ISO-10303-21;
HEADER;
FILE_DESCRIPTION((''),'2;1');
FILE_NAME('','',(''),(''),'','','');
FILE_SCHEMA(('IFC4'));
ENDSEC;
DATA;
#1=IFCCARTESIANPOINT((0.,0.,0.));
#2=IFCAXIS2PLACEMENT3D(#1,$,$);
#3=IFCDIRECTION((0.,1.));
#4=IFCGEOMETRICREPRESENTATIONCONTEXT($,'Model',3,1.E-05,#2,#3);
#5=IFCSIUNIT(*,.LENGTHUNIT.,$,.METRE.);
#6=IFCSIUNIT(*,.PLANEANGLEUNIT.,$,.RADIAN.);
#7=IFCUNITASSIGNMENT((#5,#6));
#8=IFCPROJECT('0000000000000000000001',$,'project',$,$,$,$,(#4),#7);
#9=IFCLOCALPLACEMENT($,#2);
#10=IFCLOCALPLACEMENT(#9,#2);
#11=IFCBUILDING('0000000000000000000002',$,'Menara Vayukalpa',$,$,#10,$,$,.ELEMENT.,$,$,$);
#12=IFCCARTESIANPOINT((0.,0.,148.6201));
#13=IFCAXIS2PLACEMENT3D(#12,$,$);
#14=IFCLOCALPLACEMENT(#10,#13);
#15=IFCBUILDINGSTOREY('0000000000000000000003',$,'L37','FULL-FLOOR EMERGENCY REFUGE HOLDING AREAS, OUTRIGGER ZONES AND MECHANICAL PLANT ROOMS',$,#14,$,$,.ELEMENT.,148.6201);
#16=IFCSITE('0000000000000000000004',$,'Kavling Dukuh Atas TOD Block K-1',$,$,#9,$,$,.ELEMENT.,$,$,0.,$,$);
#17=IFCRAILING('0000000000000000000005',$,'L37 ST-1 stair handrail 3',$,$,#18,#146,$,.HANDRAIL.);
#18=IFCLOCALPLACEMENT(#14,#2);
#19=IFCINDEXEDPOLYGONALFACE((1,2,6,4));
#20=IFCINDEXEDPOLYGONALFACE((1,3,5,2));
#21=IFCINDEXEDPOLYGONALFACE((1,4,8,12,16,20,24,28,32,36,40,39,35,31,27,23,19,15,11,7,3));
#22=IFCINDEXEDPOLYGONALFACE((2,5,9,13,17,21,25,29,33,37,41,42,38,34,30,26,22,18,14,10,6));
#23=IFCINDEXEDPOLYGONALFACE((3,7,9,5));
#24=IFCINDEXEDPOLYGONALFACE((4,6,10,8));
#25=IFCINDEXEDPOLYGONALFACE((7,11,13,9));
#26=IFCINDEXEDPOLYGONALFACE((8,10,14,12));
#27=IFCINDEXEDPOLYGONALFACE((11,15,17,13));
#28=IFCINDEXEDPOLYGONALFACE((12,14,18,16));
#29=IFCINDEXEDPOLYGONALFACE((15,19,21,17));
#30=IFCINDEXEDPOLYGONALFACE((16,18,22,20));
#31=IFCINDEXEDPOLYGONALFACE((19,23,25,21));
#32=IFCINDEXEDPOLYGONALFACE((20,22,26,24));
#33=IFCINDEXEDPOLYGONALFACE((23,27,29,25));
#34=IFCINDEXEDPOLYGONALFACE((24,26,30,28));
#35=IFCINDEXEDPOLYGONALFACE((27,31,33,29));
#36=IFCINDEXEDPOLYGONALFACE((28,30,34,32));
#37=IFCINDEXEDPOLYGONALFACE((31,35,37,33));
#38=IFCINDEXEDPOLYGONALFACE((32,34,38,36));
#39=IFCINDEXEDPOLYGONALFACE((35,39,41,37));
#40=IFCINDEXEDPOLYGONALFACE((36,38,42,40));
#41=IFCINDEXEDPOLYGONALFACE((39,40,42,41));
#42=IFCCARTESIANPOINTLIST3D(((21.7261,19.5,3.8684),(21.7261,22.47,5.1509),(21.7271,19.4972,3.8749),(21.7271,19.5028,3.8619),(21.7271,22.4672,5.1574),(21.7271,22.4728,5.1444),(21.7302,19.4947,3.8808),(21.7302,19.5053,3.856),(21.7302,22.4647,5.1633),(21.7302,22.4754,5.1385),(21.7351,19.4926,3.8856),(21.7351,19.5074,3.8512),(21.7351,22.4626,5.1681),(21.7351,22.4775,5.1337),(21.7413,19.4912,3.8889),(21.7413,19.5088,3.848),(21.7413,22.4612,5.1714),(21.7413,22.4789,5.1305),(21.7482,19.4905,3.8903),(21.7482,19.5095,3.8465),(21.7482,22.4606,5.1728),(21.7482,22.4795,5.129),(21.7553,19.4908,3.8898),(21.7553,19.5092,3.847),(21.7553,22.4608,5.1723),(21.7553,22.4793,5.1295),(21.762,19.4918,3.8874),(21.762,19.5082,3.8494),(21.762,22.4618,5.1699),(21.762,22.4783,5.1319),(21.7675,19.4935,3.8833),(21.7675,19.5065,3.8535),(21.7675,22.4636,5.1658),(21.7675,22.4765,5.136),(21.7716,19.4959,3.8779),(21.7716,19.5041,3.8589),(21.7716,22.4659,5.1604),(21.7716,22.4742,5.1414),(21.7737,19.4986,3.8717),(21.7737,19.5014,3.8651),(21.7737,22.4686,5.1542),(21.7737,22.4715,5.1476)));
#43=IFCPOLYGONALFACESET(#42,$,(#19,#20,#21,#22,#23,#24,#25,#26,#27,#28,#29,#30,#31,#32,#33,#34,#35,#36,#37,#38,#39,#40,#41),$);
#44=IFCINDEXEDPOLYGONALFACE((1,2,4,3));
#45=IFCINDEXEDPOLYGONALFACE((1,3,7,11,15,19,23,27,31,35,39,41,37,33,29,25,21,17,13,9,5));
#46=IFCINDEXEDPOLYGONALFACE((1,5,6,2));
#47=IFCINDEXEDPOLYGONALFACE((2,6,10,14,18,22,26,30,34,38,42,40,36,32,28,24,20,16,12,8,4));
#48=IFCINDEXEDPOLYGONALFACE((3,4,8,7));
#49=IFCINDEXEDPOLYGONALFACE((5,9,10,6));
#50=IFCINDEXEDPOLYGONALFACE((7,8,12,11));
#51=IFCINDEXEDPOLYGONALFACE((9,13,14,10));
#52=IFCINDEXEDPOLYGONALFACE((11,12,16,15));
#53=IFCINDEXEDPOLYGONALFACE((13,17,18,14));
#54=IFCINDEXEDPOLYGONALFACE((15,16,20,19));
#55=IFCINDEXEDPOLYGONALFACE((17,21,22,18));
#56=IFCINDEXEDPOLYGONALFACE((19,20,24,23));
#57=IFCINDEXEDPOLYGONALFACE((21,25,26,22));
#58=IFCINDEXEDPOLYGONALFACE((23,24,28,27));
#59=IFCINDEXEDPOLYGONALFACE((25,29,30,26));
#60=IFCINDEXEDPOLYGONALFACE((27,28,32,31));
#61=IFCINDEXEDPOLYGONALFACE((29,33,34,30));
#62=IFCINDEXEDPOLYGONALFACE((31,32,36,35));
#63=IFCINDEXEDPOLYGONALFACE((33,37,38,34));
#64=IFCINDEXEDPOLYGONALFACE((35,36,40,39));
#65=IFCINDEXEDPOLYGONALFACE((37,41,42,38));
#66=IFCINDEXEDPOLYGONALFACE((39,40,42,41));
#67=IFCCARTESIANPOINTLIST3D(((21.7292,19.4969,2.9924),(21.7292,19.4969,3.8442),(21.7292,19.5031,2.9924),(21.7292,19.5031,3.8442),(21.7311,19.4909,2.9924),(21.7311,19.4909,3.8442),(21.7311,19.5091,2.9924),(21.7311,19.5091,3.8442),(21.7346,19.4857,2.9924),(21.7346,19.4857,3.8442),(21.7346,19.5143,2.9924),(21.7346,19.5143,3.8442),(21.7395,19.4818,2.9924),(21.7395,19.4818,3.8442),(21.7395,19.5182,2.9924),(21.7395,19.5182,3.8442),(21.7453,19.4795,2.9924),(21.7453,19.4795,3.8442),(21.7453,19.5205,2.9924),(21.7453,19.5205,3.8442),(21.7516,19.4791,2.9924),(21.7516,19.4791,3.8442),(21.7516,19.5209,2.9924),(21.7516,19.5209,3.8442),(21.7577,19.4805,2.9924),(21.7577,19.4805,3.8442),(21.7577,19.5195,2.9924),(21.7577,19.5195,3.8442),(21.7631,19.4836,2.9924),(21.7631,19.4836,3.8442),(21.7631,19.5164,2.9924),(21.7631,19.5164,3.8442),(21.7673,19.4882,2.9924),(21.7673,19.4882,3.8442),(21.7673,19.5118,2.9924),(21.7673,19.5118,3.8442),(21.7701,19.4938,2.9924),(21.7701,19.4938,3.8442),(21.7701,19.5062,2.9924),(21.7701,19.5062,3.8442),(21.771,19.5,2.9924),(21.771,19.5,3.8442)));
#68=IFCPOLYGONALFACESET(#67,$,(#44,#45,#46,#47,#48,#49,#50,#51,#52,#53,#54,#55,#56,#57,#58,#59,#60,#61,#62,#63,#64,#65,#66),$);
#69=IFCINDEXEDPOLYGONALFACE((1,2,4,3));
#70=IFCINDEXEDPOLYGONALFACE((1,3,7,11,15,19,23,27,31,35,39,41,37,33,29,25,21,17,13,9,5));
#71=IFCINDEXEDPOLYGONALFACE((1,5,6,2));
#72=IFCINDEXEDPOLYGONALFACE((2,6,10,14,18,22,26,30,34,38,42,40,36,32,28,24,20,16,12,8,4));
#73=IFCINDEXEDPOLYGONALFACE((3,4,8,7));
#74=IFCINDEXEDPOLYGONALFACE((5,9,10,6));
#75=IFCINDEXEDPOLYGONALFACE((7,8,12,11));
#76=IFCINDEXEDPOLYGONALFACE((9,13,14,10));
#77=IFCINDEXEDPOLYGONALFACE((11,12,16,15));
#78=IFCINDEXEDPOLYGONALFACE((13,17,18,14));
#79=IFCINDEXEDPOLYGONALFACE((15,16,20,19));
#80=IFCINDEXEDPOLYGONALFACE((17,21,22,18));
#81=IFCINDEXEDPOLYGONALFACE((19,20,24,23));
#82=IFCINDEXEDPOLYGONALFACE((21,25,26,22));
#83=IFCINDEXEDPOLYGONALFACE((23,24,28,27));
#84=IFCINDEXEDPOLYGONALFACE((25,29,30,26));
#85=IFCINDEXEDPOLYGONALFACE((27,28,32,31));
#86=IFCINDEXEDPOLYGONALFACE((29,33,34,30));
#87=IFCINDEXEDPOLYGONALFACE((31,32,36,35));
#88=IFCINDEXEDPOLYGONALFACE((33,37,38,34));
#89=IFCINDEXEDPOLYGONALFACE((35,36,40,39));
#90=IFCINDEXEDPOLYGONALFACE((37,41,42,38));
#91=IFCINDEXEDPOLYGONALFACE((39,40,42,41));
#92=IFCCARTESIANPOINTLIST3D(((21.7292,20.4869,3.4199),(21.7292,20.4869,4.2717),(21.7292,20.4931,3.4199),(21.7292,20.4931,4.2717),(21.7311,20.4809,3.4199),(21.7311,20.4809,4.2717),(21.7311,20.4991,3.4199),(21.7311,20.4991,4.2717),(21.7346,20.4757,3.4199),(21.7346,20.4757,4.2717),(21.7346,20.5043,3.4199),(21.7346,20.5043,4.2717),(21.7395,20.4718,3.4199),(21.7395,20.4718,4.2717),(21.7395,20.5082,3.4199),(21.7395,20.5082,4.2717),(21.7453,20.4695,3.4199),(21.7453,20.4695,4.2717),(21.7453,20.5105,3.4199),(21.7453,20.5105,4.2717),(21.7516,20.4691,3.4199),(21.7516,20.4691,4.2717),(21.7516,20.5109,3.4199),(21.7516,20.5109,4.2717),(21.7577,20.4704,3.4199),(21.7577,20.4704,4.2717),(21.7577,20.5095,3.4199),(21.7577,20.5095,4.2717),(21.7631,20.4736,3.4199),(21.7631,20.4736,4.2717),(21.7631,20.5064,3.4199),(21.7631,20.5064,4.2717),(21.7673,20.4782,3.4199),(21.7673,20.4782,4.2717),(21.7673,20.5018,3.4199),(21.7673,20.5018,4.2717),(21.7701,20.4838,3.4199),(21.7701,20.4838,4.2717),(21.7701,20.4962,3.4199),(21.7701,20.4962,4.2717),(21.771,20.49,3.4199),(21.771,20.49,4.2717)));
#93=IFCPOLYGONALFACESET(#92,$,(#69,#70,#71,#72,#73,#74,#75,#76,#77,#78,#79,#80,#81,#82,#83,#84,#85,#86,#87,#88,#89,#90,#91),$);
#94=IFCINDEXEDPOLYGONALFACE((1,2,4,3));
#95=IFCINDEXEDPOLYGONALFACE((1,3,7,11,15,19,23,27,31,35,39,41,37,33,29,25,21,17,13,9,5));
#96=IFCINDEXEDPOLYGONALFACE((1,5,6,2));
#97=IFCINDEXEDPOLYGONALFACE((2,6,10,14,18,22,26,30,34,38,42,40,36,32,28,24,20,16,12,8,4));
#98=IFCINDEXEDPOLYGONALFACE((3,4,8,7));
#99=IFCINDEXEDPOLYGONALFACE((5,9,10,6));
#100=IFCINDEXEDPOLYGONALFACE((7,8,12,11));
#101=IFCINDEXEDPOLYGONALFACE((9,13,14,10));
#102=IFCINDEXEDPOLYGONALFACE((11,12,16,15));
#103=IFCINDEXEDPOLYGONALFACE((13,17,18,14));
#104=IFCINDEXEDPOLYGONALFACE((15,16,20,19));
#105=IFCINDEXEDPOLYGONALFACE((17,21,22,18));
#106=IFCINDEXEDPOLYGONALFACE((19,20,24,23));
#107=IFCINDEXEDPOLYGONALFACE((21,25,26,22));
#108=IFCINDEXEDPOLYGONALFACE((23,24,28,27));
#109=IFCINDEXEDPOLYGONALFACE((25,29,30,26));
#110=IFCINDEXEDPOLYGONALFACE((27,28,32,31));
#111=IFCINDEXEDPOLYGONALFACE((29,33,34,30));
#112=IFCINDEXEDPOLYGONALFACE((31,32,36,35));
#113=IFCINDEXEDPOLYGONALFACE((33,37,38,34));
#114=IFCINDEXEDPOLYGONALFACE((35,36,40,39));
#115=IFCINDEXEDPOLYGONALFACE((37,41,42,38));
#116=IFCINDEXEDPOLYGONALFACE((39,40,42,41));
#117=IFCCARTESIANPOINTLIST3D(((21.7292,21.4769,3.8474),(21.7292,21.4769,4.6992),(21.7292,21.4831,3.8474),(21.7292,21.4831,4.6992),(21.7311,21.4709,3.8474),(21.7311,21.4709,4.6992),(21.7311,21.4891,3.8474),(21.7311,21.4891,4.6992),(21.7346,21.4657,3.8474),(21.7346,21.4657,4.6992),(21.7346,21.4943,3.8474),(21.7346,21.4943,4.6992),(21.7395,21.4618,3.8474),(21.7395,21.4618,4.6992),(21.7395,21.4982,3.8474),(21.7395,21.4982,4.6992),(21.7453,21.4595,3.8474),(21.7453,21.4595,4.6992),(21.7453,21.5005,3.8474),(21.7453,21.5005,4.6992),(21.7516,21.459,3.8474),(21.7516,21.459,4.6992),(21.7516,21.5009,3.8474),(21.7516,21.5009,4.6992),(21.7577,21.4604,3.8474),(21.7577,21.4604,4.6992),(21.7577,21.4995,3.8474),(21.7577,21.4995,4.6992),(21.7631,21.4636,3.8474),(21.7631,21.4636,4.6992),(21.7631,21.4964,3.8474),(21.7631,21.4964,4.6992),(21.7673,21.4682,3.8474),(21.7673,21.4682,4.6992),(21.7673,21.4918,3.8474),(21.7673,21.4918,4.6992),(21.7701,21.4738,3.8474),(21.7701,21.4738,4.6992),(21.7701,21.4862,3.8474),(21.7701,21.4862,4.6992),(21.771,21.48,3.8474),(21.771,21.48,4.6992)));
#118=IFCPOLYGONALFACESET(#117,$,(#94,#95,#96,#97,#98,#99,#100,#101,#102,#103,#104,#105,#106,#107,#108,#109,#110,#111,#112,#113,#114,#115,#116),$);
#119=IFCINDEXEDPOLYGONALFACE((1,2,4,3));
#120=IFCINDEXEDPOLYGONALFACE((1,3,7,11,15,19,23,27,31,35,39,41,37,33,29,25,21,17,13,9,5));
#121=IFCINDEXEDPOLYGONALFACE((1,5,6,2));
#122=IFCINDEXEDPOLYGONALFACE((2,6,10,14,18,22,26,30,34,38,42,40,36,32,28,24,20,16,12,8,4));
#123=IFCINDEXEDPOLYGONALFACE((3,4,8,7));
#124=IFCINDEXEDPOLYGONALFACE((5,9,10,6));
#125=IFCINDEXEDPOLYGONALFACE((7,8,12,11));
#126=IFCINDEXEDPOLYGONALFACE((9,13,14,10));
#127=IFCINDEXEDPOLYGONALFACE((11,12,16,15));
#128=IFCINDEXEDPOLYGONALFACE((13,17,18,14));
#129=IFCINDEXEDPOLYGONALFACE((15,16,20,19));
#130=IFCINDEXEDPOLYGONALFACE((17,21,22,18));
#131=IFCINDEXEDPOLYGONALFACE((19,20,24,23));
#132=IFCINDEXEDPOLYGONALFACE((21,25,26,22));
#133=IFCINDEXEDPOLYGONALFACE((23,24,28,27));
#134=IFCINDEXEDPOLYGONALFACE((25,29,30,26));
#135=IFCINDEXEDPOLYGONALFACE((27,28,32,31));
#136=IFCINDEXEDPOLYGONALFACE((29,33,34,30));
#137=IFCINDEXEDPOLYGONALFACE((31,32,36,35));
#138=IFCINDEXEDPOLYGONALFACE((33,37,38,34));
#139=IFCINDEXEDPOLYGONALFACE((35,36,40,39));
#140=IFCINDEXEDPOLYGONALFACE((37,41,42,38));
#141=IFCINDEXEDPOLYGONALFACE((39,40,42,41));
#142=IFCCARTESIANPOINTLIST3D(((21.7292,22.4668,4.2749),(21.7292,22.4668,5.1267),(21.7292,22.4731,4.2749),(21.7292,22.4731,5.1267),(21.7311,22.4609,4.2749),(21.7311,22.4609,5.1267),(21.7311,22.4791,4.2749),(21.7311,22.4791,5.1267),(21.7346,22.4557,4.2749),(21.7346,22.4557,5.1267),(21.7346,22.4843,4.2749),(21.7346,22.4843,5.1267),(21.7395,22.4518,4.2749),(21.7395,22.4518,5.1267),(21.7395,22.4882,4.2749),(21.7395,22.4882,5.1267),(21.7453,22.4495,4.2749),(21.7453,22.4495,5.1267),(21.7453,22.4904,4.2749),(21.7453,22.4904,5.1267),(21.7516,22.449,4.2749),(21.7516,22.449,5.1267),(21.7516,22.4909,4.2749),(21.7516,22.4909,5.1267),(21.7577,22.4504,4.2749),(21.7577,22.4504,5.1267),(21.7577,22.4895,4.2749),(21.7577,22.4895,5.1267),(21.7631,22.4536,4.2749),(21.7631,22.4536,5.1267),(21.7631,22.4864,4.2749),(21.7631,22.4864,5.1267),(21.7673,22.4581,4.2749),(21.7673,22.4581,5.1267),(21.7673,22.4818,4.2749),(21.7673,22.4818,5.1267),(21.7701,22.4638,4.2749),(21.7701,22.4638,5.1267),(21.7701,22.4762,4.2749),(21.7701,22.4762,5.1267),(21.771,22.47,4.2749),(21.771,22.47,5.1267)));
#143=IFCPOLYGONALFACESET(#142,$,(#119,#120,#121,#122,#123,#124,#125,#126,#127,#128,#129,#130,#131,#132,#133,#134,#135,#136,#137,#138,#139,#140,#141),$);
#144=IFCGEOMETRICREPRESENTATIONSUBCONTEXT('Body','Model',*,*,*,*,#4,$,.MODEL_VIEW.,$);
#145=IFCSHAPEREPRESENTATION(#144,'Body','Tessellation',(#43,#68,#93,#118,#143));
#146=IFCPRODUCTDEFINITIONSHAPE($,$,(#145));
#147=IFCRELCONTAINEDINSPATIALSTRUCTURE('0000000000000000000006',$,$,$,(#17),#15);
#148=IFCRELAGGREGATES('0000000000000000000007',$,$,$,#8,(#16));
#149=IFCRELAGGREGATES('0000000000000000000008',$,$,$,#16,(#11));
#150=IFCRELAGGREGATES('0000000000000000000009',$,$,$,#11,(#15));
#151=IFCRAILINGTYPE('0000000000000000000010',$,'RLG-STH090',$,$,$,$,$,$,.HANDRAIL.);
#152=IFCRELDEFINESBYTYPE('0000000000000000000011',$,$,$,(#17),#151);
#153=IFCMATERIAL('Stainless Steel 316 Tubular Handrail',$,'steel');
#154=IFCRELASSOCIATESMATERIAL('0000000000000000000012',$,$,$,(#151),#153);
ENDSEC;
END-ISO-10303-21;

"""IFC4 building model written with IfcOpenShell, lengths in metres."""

from ifc_helpers import new_model, si_unit, direction, frame, origin, origin_2d, place, context, subcontext, project, spatial, circle, extrude, material, type_object, element, save


model = new_model("IFC4")

# Units and contexts
model_context = context("Model", 3, precision=1e-05, world=origin(), true_north=direction((0.0, 1.0)))
body_context = subcontext(model_context, "Body", "Model", "MODEL_VIEW")
ifc_project = project(units=[si_unit("LENGTHUNIT", "METRE"), si_unit("PLANEANGLEUNIT", "RADIAN")], contexts=[model_context])

# Site, building, storey
site_placement = place(None, origin())
site = spatial("IfcSite", under=ifc_project, at=site_placement, Name="Kavling Dukuh Atas TOD Block K-1", CompositionType="ELEMENT", RefElevation=0.0)
building_placement = place(site_placement, origin())
building = spatial("IfcBuilding", under=site, at=building_placement, Name="Menara Vayukalpa", CompositionType="ELEMENT")
storey_placement = place(building_placement, frame((0.0, 0.0, 148.6201)))
storey = spatial("IfcBuildingStorey", under=building, at=storey_placement, Name="L37", Description="FULL-FLOOR EMERGENCY REFUGE HOLDING AREAS, OUTRIGGER ZONES AND MECHANICAL PLANT ROOMS", CompositionType="ELEMENT", Elevation=148.6201)

# Railing
ifc_material_1 = material(Name="Stainless Steel 316 Tubular Handrail", Category="steel")
railing_type_1 = type_object("IfcRailingType", Name="RLG-STH090", PredefinedType="HANDRAIL", material=ifc_material_1)
railing_1_placement = place(storey_placement, frame((21.75, 19.5, 2.9924)))
element("IfcRailing", 1, at=railing_1_placement, inside=storey, type_object=railing_type_1, Name="L37 ST-1 stair handrail 3", PredefinedType="HANDRAIL", context=body_context, shape_type="SweptSolid", body=[
    extrude(circle(Radius=0.0239, at=origin_2d()), frame((0.0, 0.0, 0.876), z_axis=(0.0, 0.918064, 0.396432), x_axis=(-1.0, 0.0, 0.0)), (0.0, 0.0, 1.0), 3.2351),
    extrude(circle(Radius=0.021, at=origin_2d()), origin(), (0.0, 0.0, 1.0), 0.8518),
    extrude(circle(Radius=0.021, at=origin_2d()), frame((0.0, 0.99, 0.4275)), (0.0, 0.0, 1.0), 0.8518),
    extrude(circle(Radius=0.021, at=origin_2d()), frame((0.0, 1.98, 0.855)), (0.0, 0.0, 1.0), 0.8518),
    extrude(circle(Radius=0.021, at=origin_2d()), frame((0.0, 2.97, 1.2825)), (0.0, 0.0, 1.0), 0.8518),
])

save(model, "model.ifc")
